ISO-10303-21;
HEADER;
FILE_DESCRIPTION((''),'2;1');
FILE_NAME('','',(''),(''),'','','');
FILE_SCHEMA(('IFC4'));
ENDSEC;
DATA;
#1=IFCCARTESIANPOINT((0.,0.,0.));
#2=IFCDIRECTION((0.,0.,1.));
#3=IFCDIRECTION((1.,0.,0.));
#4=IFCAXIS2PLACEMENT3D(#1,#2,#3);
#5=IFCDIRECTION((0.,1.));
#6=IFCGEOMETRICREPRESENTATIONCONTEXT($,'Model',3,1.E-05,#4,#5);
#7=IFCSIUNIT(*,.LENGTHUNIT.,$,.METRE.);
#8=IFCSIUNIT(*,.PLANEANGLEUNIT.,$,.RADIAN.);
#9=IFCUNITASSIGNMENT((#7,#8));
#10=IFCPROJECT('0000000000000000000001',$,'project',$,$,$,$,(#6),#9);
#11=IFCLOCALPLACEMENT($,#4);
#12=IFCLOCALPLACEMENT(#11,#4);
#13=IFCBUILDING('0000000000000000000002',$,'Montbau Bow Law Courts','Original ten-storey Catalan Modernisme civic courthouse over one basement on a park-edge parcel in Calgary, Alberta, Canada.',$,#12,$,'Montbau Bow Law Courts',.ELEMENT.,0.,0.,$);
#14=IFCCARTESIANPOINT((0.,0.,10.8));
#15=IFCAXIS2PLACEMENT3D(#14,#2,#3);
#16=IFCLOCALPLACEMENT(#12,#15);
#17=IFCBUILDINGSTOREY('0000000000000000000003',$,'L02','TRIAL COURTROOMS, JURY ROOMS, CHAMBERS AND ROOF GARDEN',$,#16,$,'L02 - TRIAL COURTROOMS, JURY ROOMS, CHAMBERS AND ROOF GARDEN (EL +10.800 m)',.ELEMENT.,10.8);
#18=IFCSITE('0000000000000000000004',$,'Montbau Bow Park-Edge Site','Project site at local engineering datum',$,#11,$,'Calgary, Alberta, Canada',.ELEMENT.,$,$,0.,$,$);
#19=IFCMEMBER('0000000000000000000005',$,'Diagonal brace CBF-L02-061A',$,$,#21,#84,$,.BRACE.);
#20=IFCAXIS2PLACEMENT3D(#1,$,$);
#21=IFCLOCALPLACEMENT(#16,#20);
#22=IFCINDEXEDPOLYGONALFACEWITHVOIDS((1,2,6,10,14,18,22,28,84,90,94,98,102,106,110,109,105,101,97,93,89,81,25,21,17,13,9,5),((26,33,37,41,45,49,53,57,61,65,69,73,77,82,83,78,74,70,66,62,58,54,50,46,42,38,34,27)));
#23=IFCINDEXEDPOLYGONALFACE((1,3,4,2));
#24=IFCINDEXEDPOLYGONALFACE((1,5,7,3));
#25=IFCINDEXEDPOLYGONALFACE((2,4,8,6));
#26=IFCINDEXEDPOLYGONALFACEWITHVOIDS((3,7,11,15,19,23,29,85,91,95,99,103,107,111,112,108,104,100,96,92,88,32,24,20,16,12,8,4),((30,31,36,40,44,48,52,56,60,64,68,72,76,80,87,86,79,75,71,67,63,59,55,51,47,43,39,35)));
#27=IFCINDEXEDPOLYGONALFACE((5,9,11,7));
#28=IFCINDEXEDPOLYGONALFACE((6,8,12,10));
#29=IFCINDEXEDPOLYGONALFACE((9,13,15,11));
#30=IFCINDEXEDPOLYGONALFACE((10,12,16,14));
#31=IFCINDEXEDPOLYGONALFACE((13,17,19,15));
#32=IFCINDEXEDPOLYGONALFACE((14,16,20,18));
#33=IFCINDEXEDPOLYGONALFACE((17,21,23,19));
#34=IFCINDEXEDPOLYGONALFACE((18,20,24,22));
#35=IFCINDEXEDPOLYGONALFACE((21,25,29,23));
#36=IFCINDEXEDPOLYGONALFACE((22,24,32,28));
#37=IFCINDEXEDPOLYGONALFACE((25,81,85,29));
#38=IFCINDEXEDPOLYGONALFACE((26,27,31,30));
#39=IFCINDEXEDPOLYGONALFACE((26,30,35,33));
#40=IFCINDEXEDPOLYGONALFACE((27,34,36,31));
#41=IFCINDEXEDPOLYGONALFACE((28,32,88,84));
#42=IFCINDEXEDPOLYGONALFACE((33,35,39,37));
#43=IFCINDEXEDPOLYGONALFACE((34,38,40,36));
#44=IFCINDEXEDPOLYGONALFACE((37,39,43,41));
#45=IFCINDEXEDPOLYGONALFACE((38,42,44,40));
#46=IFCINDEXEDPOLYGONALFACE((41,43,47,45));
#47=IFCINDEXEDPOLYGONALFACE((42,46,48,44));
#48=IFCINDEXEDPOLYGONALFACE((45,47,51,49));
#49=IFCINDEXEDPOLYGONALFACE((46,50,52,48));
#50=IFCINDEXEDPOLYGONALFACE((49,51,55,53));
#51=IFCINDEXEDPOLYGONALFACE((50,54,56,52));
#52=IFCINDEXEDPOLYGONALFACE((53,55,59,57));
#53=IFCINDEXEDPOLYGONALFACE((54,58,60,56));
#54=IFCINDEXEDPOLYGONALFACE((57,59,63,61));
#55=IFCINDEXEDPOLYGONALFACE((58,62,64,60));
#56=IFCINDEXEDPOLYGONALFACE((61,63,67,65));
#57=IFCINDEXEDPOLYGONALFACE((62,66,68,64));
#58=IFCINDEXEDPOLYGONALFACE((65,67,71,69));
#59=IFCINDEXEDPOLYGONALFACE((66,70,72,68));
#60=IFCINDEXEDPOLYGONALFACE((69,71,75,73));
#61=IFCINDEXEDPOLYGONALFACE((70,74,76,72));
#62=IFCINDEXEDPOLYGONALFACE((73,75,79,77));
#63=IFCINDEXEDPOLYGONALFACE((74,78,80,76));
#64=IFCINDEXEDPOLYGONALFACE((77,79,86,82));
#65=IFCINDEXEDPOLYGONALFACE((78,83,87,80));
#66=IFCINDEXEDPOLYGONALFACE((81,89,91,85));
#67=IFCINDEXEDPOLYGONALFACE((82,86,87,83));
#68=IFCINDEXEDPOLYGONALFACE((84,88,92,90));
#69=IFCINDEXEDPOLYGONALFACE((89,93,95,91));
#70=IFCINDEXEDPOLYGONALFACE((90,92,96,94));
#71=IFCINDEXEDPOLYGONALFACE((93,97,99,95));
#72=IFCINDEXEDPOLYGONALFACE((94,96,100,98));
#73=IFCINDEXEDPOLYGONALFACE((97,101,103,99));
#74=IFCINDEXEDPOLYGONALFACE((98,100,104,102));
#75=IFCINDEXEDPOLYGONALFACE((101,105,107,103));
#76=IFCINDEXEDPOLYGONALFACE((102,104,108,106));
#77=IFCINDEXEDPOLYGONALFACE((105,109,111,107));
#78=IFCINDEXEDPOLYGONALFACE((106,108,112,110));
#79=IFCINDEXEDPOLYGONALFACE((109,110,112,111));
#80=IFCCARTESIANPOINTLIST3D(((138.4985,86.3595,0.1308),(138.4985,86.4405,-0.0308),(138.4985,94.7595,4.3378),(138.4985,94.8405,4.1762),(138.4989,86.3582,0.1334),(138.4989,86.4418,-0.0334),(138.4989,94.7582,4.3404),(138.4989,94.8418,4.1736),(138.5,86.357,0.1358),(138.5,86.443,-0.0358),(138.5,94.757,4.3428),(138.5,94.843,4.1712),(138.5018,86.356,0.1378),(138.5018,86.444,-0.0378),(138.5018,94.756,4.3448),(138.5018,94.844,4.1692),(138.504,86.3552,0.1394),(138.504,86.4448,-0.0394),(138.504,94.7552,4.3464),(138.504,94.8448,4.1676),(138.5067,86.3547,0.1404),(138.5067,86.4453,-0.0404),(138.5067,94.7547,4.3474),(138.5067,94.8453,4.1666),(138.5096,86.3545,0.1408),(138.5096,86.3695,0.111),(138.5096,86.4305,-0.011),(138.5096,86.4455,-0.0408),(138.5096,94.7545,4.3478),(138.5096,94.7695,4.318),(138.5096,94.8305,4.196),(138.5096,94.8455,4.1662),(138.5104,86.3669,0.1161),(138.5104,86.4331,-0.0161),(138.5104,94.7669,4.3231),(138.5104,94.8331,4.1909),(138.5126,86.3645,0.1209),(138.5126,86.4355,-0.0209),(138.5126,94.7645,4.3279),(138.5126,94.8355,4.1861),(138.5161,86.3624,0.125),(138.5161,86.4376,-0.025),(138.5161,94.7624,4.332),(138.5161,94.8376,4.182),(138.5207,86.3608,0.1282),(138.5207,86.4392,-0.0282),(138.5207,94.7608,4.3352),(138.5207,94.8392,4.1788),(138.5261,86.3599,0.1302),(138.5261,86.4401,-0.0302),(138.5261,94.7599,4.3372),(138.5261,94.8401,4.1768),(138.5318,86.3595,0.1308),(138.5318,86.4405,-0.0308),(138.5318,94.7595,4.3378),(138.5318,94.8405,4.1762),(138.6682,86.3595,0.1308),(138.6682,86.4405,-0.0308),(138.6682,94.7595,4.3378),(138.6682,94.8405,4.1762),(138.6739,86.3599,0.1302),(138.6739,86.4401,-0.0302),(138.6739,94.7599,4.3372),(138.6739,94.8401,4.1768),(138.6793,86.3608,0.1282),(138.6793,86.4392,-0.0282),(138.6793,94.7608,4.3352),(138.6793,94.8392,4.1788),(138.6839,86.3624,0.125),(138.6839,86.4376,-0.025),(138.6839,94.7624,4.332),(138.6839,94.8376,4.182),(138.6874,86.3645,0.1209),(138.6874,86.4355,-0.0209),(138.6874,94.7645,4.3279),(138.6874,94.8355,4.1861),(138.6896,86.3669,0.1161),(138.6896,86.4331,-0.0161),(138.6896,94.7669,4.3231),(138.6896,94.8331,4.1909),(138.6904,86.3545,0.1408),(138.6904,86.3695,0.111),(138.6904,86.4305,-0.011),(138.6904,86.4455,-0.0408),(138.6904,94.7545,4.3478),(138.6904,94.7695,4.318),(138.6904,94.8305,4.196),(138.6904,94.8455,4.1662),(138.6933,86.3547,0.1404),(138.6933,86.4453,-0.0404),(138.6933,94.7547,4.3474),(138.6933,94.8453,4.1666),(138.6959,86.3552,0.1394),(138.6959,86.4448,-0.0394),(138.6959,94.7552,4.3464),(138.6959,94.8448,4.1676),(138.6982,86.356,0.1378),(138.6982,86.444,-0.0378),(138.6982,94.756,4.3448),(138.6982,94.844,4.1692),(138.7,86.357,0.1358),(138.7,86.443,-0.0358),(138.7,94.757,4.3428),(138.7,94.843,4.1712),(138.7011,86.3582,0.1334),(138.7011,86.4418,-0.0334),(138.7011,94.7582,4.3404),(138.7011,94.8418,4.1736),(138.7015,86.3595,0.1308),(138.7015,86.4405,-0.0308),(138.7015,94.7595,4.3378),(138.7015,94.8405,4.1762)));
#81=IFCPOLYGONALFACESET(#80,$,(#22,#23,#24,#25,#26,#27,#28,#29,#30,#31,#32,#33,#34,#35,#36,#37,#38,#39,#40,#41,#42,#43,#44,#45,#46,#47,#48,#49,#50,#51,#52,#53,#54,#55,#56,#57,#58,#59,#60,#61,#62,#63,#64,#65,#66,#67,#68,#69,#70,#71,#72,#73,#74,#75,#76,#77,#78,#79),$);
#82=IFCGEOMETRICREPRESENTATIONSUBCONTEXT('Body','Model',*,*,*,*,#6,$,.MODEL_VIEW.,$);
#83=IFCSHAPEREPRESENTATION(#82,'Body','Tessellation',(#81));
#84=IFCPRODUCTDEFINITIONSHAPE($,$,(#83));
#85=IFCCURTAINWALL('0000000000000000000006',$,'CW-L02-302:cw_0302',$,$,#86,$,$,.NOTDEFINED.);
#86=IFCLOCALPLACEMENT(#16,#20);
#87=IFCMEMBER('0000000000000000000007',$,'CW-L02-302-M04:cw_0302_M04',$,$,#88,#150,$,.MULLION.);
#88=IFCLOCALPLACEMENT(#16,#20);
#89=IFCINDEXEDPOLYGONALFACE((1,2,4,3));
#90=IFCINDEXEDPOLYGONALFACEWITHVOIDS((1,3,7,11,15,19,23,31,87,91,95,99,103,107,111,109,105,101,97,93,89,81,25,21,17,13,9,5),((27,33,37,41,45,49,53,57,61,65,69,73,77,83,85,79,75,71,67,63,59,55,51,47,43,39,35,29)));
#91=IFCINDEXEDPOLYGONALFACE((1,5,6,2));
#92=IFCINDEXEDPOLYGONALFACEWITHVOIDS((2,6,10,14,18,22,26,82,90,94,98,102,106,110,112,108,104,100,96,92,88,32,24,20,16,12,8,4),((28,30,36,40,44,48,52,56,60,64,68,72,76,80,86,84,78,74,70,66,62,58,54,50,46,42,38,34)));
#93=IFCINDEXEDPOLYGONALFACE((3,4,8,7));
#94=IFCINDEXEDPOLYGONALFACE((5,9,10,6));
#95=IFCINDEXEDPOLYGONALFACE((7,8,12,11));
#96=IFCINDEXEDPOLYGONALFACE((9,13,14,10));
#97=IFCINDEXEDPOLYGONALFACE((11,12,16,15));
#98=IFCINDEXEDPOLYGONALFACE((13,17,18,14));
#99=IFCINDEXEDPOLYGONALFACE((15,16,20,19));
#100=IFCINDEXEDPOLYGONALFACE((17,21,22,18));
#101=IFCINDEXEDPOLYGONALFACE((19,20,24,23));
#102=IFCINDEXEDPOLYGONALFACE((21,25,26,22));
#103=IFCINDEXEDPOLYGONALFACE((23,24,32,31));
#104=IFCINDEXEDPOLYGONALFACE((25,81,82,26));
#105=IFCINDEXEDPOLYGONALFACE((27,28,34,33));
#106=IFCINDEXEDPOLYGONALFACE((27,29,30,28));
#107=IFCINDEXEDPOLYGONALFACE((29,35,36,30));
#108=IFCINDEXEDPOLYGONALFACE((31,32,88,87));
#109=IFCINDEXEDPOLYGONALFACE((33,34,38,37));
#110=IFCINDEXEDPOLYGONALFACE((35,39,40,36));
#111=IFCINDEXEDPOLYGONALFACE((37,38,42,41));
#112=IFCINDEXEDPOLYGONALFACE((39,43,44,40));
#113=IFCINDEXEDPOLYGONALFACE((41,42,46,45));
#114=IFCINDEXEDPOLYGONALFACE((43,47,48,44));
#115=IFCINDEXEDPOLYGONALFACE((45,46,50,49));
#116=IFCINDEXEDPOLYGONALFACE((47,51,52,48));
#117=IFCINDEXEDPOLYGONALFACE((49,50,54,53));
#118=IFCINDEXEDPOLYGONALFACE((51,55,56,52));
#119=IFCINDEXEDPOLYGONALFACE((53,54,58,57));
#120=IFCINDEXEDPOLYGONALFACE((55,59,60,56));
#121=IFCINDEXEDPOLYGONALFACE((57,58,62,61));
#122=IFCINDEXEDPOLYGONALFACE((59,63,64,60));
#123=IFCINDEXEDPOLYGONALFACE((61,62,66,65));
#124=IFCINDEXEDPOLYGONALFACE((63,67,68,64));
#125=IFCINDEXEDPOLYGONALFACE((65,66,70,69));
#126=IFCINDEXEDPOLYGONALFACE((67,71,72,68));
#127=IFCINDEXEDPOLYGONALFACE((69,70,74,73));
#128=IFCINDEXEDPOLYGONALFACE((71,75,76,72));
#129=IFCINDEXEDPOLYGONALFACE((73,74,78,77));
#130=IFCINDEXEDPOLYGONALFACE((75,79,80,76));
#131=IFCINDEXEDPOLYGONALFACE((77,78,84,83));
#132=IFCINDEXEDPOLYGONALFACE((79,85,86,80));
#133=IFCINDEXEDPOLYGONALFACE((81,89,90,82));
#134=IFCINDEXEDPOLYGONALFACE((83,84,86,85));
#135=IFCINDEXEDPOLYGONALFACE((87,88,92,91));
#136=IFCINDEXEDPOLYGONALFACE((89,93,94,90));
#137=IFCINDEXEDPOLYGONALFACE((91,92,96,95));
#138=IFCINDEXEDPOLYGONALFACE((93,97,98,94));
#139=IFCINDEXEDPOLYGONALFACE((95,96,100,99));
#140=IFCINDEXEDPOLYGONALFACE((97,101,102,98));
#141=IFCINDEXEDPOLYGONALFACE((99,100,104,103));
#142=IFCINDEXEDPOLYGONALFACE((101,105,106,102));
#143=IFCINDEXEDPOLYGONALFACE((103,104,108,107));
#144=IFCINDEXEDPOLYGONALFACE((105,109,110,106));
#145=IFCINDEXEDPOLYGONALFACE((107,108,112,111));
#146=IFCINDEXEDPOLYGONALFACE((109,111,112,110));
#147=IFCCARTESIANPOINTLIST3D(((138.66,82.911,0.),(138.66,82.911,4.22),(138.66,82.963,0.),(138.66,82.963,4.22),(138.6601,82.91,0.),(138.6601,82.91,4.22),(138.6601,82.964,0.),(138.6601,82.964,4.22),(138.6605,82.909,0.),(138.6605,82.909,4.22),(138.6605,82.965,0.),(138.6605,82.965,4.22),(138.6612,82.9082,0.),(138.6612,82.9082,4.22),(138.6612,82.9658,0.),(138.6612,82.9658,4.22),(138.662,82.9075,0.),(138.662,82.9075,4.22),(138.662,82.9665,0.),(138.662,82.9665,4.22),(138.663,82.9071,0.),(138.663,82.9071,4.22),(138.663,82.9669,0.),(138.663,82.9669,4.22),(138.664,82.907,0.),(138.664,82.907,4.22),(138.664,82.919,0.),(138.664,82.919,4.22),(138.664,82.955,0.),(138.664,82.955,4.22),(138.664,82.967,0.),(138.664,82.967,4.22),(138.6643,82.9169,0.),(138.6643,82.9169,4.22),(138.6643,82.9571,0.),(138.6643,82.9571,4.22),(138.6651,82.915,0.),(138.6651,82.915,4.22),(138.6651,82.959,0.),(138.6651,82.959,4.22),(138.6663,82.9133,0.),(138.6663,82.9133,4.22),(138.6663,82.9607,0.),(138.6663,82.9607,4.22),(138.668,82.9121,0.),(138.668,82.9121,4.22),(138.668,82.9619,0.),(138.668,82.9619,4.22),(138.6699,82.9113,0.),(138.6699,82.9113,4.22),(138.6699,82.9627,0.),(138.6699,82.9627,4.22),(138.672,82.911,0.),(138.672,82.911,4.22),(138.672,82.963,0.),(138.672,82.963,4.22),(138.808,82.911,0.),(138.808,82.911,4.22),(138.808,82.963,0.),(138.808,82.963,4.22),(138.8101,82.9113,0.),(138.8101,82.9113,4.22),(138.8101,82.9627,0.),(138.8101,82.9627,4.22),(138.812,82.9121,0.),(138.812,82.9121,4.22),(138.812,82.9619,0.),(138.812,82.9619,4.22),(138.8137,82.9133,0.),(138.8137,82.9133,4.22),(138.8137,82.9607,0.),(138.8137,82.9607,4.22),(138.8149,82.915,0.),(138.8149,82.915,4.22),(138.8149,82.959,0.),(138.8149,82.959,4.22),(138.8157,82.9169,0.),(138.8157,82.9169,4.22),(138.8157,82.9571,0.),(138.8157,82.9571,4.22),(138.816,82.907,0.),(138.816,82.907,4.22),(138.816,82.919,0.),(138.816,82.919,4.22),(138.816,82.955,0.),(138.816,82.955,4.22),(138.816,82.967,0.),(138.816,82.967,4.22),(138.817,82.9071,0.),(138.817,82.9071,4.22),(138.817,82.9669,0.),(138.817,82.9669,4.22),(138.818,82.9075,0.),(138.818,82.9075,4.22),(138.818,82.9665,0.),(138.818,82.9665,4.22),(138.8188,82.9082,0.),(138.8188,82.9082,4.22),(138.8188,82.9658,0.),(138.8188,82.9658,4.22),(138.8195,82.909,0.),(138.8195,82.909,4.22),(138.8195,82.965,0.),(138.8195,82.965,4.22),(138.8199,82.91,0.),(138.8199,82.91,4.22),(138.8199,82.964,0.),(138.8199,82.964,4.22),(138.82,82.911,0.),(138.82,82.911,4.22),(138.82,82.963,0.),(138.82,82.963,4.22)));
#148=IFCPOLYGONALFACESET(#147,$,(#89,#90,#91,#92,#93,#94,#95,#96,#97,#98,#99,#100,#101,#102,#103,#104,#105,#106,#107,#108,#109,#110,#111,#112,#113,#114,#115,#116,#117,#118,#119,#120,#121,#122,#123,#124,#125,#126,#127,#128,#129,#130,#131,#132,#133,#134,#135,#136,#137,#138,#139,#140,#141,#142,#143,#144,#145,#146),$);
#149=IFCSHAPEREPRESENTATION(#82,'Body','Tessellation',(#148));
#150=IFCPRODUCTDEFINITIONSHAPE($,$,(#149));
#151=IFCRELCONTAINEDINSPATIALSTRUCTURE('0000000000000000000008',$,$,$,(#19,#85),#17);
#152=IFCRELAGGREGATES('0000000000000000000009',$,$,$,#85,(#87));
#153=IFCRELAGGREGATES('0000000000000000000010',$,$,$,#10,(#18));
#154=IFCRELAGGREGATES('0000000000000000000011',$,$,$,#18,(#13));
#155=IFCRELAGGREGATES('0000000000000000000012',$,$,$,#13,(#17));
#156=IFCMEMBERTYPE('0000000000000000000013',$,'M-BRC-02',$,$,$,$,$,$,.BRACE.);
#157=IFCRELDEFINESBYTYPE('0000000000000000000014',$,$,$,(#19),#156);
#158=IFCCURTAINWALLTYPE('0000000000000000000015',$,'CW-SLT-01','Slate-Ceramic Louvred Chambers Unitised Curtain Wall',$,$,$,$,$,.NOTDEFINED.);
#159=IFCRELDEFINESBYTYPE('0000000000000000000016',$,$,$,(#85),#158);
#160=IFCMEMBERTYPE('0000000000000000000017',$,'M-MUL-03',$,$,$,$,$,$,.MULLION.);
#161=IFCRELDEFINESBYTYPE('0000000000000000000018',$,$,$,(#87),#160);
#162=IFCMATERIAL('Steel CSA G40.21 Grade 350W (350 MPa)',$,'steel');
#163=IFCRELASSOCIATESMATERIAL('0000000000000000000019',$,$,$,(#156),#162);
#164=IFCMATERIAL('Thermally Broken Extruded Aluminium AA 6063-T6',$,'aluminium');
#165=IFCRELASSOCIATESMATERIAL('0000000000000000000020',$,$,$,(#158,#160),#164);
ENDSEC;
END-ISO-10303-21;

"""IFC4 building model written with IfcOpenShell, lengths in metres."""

from ifc_helpers import new_model, si_unit, direction, frame, origin_with_axes, origin_2d_with_axis, place, context, subcontext, project, spatial, hollow_rectangle, extrude, material, material_profile, profile_set, type_object, element, aggregate, save


model = new_model("IFC4")

# Units and contexts
model_context = context("Model", 3, precision=1e-05, world=origin_with_axes(), true_north=direction((0.0, 1.0)))
body_context = subcontext(model_context, "Body", "Model", "MODEL_VIEW")
ifc_project = project(units=[si_unit("LENGTHUNIT", "METRE"), si_unit("PLANEANGLEUNIT", "RADIAN")], contexts=[model_context])

# Site, building, storey
site_placement = place(None, origin_with_axes())
site = spatial("IfcSite", under=ifc_project, at=site_placement, Name="Montbau Bow Park-Edge Site", Description="Project site at local engineering datum", LongName="Calgary, Alberta, Canada", CompositionType="ELEMENT", RefElevation=0.0)
building_placement = place(site_placement, origin_with_axes())
building = spatial("IfcBuilding", under=site, at=building_placement, Name="Montbau Bow Law Courts", Description="Original ten-storey Catalan Modernisme civic courthouse over one basement on a park-edge parcel in Calgary, Alberta, Canada.", LongName="Montbau Bow Law Courts", CompositionType="ELEMENT", ElevationOfRefHeight=0.0, ElevationOfTerrain=0.0)
storey_placement = place(building_placement, frame((0.0, 0.0, 10.8), z_axis=(0.0, 0.0, 1.0), x_axis=(1.0, 0.0, 0.0)))
storey = spatial("IfcBuildingStorey", under=building, at=storey_placement, Name="L02", Description="TRIAL COURTROOMS, JURY ROOMS, CHAMBERS AND ROOF GARDEN", LongName="L02 - TRIAL COURTROOMS, JURY ROOMS, CHAMBERS AND ROOF GARDEN (EL +10.800 m)", CompositionType="ELEMENT", Elevation=10.8)

# Shared definitions
ifc_material_1 = material(Name="Steel CSA G40.21 Grade 350W (350 MPa)", Category="steel")

# Member
ifc_material_profile_1 = material_profile(ifc_material_1, hollow_rectangle(XDim=0.203, YDim=0.203, WallThickness=0.0111, InnerFilletRadius=0.0222, OuterFilletRadius=0.0111, at=origin_2d_with_axis()), Name="HSS203X203X11", Category="Main", Priority=0)
ifc_profile_set_1 = profile_set([ifc_material_profile_1], Name="Steel CSA G40.21 Grade 350W (350 MPa)")
member_type_1 = type_object("IfcMemberType", Name="M-BRC-02", PredefinedType="BRACE", material=ifc_profile_set_1)
member_1_placement = place(None, frame((138.6, 86.4, 10.85), z_axis=(0.0, 0.894129, 0.44781), x_axis=(-1.0, 0.0, 0.0)))
element("IfcMember", 1, at=member_1_placement, inside=storey, type_object=member_type_1, Name="Diagonal brace CBF-L02-061A", PredefinedType="BRACE", context=body_context, shape_type="SweptSolid", body=[
    extrude(hollow_rectangle(XDim=0.203, YDim=0.203, WallThickness=0.0111, InnerFilletRadius=0.0222, OuterFilletRadius=0.0111, at=origin_2d_with_axis()), origin_with_axes(), (0.0, 0.0, 1.0), 9.3946),
])

# Curtain wall, member
ifc_material_2 = material(Name="Thermally Broken Extruded Aluminium AA 6063-T6", Category="aluminium")
curtain_wall_type = type_object("IfcCurtainWallType", Name="CW-SLT-01", Description="Slate-Ceramic Louvred Chambers Unitised Curtain Wall", PredefinedType="NOTDEFINED", material=ifc_material_2)
curtain_wall_placement = place(None, frame((138.74, 78.515, 10.8), z_axis=(0.0, 0.0, 1.0), x_axis=(1.0, 0.0, 0.0)))
curtain_wall = element("IfcCurtainWall", 2, at=curtain_wall_placement, inside=storey, type_object=curtain_wall_type, Name="CW-L02-302:cw_0302", PredefinedType="NOTDEFINED")
ifc_material_profile_2 = material_profile(ifc_material_2, hollow_rectangle(XDim=0.06, YDim=0.16, WallThickness=0.004, InnerFilletRadius=0.008, OuterFilletRadius=0.004, at=origin_2d_with_axis()), Name="CWM-160X60", Category="Main", Priority=0)
ifc_profile_set_2 = profile_set([ifc_material_profile_2], Name="Thermally Broken Extruded Aluminium AA 6063-T6")
member_type_2 = type_object("IfcMemberType", Name="M-MUL-03", PredefinedType="MULLION", material=ifc_profile_set_2)
member_2_placement = place(None, frame((138.74, 82.937, 10.8), z_axis=(0.0, 0.0, 1.0), x_axis=(0.0, 1.0, 0.0)))
member_2 = element("IfcMember", 3, at=member_2_placement, type_object=member_type_2, Name="CW-L02-302-M04:cw_0302_M04", PredefinedType="MULLION", context=body_context, shape_type="SweptSolid", body=[
    extrude(hollow_rectangle(XDim=0.06, YDim=0.16, WallThickness=0.004, InnerFilletRadius=0.008, OuterFilletRadius=0.004, at=origin_2d_with_axis()), origin_with_axes(), (0.0, 0.0, 1.0), 4.22),
])
aggregate(curtain_wall, [member_2])

save(model, "model.ifc")
